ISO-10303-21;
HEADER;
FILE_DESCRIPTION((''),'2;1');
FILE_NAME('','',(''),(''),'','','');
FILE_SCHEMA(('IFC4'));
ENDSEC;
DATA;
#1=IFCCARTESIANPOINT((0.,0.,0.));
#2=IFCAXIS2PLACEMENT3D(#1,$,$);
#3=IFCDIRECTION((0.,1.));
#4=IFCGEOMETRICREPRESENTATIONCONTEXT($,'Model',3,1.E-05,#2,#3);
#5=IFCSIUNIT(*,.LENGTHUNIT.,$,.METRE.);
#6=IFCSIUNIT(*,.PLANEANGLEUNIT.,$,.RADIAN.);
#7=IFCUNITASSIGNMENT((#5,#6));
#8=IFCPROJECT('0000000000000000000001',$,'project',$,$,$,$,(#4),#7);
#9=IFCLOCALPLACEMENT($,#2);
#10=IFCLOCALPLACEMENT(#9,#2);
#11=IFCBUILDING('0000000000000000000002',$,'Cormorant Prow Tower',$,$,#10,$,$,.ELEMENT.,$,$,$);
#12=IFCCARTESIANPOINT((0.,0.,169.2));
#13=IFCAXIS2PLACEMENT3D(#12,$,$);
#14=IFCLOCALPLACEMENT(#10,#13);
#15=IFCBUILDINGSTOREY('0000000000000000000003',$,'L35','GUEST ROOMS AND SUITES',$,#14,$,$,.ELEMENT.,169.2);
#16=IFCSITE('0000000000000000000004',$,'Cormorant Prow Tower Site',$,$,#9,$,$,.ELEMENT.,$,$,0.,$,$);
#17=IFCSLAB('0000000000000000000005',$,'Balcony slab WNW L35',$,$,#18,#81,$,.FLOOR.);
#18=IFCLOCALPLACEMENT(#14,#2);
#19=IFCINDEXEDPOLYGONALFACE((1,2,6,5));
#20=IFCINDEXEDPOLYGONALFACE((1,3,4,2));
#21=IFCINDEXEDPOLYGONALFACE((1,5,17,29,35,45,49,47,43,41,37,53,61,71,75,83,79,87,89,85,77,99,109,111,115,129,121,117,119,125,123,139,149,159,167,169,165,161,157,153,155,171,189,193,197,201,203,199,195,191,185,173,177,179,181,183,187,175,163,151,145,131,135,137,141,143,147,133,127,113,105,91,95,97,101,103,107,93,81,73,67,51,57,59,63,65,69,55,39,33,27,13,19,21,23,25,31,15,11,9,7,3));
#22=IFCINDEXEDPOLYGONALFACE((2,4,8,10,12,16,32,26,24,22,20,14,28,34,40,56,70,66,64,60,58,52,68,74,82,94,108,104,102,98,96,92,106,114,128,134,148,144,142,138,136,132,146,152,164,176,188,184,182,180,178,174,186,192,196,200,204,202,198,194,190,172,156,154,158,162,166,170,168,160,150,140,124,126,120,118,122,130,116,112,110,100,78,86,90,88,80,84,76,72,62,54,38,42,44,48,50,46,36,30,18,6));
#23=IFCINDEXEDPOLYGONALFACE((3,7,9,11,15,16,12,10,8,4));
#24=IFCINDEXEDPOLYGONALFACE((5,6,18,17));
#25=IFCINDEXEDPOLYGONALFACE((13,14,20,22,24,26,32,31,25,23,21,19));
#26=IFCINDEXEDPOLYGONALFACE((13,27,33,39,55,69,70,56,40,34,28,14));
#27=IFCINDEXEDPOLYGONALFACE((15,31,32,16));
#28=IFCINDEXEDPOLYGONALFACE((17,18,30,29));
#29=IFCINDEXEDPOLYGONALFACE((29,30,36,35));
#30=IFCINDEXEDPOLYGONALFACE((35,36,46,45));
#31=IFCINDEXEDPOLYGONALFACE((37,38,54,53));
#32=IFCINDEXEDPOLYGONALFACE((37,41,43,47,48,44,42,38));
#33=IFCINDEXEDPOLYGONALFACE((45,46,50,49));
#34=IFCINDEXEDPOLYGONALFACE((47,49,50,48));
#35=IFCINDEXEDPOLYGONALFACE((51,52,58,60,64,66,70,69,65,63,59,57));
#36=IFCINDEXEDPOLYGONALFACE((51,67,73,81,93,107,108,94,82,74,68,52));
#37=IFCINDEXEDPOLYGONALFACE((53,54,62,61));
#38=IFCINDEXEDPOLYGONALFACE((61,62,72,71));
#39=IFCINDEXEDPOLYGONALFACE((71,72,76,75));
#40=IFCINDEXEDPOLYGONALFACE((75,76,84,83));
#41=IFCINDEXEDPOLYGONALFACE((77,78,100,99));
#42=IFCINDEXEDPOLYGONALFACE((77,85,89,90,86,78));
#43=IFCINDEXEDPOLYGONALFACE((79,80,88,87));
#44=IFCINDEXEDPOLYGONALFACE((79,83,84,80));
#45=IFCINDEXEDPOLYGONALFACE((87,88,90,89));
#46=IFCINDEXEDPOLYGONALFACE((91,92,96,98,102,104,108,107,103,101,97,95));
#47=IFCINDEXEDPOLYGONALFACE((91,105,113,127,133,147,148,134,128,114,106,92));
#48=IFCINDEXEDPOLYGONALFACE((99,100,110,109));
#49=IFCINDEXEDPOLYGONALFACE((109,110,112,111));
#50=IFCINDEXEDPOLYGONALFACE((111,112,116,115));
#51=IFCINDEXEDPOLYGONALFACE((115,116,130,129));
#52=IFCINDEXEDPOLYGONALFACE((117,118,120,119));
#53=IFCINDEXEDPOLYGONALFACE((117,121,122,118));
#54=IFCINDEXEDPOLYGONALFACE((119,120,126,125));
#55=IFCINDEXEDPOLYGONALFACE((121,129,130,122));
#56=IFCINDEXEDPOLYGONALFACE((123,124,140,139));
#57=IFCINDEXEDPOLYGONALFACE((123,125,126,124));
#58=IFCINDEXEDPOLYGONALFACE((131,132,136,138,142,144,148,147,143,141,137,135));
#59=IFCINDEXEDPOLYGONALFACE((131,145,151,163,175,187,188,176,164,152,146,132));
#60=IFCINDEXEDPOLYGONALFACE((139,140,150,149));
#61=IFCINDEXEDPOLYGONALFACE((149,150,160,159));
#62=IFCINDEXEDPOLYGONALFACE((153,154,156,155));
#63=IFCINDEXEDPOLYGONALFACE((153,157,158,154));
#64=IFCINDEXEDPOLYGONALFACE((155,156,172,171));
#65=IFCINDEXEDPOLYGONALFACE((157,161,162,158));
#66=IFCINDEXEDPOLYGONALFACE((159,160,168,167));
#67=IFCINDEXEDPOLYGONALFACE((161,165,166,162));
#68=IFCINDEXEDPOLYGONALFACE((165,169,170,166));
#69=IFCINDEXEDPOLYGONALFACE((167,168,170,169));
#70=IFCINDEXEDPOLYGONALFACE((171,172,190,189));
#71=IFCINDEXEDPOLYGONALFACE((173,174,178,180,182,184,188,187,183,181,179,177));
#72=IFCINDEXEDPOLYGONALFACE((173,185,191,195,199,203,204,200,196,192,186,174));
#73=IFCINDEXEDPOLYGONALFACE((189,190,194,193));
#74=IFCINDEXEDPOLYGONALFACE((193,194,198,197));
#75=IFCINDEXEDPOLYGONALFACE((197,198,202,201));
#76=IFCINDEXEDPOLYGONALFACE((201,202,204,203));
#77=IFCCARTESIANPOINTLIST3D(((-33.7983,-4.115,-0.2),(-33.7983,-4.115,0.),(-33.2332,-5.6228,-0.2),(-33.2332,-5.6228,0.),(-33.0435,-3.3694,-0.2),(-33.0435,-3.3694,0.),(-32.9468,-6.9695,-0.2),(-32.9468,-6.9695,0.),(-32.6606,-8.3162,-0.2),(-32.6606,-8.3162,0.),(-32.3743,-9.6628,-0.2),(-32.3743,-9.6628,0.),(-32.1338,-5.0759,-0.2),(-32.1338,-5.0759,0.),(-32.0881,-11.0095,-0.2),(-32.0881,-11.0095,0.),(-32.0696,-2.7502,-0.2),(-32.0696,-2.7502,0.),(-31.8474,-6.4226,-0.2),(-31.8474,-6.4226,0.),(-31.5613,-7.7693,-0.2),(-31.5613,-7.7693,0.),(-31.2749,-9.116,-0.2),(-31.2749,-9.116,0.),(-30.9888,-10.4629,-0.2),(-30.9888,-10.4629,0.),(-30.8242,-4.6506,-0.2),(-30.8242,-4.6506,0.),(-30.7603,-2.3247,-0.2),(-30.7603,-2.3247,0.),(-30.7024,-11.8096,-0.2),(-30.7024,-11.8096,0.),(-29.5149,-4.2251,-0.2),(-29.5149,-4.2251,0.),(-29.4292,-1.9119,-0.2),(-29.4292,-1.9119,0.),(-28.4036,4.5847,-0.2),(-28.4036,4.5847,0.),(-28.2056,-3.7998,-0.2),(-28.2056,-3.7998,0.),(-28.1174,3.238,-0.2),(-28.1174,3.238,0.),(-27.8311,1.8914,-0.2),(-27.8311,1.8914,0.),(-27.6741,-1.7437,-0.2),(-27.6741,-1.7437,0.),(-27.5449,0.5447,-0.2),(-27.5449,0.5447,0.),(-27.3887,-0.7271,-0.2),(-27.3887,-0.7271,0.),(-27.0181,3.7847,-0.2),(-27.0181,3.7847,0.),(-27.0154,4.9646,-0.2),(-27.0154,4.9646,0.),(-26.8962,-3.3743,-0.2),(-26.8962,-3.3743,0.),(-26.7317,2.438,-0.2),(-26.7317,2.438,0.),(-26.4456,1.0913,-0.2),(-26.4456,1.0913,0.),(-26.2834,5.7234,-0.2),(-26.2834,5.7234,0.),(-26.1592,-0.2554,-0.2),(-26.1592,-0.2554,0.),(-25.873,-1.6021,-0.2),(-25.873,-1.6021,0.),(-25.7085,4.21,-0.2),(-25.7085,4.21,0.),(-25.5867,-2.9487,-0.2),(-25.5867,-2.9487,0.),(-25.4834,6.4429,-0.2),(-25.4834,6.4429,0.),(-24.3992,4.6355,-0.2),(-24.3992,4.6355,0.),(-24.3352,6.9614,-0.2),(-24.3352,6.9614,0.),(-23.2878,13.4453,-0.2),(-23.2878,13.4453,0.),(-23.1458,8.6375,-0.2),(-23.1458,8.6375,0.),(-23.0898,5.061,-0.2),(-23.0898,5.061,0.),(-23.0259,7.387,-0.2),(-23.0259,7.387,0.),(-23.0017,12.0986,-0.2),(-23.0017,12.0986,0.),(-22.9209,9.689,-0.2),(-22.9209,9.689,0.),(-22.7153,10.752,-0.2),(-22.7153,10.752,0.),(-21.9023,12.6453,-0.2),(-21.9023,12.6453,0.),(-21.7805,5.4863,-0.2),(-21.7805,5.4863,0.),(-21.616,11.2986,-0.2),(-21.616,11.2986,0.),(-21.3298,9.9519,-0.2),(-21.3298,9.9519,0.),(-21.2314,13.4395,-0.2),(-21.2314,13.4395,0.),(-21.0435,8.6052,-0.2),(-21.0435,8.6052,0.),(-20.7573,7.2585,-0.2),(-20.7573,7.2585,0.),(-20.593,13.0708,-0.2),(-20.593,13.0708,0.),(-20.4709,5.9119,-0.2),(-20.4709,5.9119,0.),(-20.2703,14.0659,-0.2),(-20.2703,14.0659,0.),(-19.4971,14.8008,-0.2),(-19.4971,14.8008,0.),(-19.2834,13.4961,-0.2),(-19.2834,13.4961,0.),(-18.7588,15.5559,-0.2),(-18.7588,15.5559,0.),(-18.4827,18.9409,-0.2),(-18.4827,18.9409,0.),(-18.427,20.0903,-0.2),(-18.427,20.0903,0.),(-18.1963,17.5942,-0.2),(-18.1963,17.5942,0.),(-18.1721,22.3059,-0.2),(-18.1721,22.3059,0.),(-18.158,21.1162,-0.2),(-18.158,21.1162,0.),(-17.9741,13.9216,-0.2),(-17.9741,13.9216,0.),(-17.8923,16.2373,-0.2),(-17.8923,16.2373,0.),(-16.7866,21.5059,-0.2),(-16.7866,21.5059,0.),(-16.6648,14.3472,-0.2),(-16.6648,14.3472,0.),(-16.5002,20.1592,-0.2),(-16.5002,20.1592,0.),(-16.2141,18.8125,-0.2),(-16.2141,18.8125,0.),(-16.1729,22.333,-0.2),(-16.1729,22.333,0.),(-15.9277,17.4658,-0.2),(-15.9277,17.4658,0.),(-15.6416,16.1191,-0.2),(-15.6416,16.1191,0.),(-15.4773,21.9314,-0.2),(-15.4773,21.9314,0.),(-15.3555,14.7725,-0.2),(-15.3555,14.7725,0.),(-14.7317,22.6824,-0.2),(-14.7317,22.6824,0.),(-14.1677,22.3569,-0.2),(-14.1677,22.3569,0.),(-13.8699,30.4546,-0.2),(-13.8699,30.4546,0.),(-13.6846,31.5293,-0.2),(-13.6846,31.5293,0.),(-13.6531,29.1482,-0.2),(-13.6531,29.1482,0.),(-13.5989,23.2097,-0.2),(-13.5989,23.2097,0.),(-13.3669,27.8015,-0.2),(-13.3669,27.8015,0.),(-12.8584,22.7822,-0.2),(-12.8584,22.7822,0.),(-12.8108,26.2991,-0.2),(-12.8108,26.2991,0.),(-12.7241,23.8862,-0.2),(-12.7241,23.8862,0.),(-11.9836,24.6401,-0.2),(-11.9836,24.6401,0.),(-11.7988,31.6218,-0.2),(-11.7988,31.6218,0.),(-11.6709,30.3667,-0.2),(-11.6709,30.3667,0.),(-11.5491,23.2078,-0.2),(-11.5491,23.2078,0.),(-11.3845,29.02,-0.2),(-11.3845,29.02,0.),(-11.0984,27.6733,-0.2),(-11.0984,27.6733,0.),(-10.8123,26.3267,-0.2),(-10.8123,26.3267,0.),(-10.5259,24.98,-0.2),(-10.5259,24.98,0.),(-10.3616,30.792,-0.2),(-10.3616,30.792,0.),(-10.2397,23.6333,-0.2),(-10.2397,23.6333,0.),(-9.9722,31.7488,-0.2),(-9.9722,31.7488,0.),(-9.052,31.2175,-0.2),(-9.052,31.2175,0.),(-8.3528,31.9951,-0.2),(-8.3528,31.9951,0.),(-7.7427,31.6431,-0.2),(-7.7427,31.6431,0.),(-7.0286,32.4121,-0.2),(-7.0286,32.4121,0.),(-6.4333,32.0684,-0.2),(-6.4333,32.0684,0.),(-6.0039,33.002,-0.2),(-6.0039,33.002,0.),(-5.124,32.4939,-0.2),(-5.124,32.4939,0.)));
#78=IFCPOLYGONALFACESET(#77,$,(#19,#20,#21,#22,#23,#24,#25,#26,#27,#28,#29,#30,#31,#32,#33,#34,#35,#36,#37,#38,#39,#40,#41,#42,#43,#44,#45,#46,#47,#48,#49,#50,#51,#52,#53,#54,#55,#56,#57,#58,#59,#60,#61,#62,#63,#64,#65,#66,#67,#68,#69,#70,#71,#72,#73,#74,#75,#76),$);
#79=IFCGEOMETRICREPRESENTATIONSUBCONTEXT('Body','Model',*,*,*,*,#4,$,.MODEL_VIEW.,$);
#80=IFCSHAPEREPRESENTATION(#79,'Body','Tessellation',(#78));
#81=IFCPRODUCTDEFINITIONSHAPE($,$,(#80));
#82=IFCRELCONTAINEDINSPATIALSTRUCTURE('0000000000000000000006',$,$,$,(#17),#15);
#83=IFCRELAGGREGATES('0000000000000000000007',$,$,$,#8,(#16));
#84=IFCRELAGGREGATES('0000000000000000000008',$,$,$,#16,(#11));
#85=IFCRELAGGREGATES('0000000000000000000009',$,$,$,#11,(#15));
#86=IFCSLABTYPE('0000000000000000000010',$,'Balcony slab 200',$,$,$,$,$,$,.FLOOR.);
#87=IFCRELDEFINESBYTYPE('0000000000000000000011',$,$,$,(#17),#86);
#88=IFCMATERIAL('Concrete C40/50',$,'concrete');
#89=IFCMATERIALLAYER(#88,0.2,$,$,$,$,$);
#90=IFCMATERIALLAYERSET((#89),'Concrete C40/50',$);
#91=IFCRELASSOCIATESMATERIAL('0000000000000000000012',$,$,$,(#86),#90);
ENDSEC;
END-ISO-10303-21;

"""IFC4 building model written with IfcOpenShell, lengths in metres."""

from ifc_helpers import new_model, si_unit, direction, frame, origin, place, context, subcontext, project, spatial, polyline, outline, extrude, material, layer, layer_set, type_object, element, save


model = new_model("IFC4")

# Units and contexts
model_context = context("Model", 3, precision=1e-05, world=origin(), true_north=direction((0.0, 1.0)))
body_context = subcontext(model_context, "Body", "Model", "MODEL_VIEW")
ifc_project = project(units=[si_unit("LENGTHUNIT", "METRE"), si_unit("PLANEANGLEUNIT", "RADIAN")], contexts=[model_context])

# Site, building, storey
site_placement = place(None, origin())
site = spatial("IfcSite", under=ifc_project, at=site_placement, Name="Cormorant Prow Tower Site", CompositionType="ELEMENT", RefElevation=0.0)
building_placement = place(site_placement, origin())
building = spatial("IfcBuilding", under=site, at=building_placement, Name="Cormorant Prow Tower", CompositionType="ELEMENT")
storey_placement = place(building_placement, frame((0.0, 0.0, 169.2)))
storey = spatial("IfcBuildingStorey", under=building, at=storey_placement, Name="L35", Description="GUEST ROOMS AND SUITES", CompositionType="ELEMENT", Elevation=169.2)

# Slab
ifc_material_1 = material(Name="Concrete C40/50", Category="concrete")
ifc_layer_1 = layer(ifc_material_1, 0.2)
ifc_layer_set_1 = layer_set([ifc_layer_1], Name="Concrete C40/50")
slab_type_1 = type_object("IfcSlabType", Name="Balcony slab 200", PredefinedType="FLOOR", material=ifc_layer_set_1)
slab_1_placement = place(storey_placement, frame((0.0, 0.0, -0.2)))
element("IfcSlab", 1, at=slab_1_placement, inside=storey, type_object=slab_type_1, Name="Balcony slab WNW L35", PredefinedType="FLOOR", context=body_context, shape_type="SweptSolid", body=[
    extrude(outline(polyline([(-5.124, 32.4939), (-6.0039, 33.002), (-7.0286, 32.4121), (-8.3528, 31.9951), (-9.9722, 31.7488), (-11.7988, 31.6218), (-13.6846, 31.5293), (-13.8699, 30.4546), (-13.6531, 29.1482), (-13.3669, 27.8015), (-12.8108, 26.2991), (-11.9836, 24.6401), (-12.7241, 23.8862), (-13.5989, 23.2097), (-14.7317, 22.6824), (-16.1729, 22.333), (-18.1721, 22.3059), (-18.158, 21.1162), (-18.427, 20.0903), (-18.4827, 18.9409), (-18.1963, 17.5942), (-17.8923, 16.2373), (-18.7588, 15.5559), (-19.4971, 14.8008), (-20.2703, 14.0659), (-21.2314, 13.4395), (-23.2878, 13.4453), (-23.0017, 12.0986), (-22.7153, 10.752), (-22.9209, 9.689), (-23.1458, 8.6375), (-23.0259, 7.387), (-24.3352, 6.9614), (-25.4834, 6.4429), (-26.2834, 5.7234), (-27.0154, 4.9646), (-28.4036, 4.5847), (-28.1174, 3.238), (-27.8311, 1.8914), (-27.5449, 0.5447), (-27.3887, -0.7271), (-27.6741, -1.7437), (-29.4292, -1.9119), (-30.7603, -2.3247), (-32.0696, -2.7502), (-33.0435, -3.3694), (-33.7983, -4.115), (-33.2332, -5.6228), (-32.9468, -6.9695), (-32.6606, -8.3162), (-32.3743, -9.6628), (-32.0881, -11.0095), (-30.7024, -11.8096), (-30.9888, -10.4629), (-31.2749, -9.116), (-31.5613, -7.7693), (-31.8474, -6.4226), (-32.1338, -5.0759), (-30.8242, -4.6506), (-29.5149, -4.2251), (-28.2056, -3.7998), (-26.8962, -3.3743), (-25.5867, -2.9487), (-25.873, -1.6021), (-26.1592, -0.2554), (-26.4456, 1.0913), (-26.7317, 2.438), (-27.0181, 3.7847), (-25.7085, 4.21), (-24.3992, 4.6355), (-23.0898, 5.061), (-21.7805, 5.4863), (-20.4709, 5.9119), (-20.7573, 7.2585), (-21.0435, 8.6052), (-21.3298, 9.9519), (-21.616, 11.2986), (-21.9023, 12.6453), (-20.593, 13.0708), (-19.2834, 13.4961), (-17.9741, 13.9216), (-16.6648, 14.3472), (-15.3555, 14.7725), (-15.6416, 16.1191), (-15.9277, 17.4658), (-16.2141, 18.8125), (-16.5002, 20.1592), (-16.7866, 21.5059), (-15.4773, 21.9314), (-14.1677, 22.3569), (-12.8584, 22.7822), (-11.5491, 23.2078), (-10.2397, 23.6333), (-10.5259, 24.98), (-10.8123, 26.3267), (-11.0984, 27.6733), (-11.3845, 29.02), (-11.6709, 30.3667), (-10.3616, 30.792), (-9.052, 31.2175), (-7.7427, 31.6431), (-6.4333, 32.0684), (-5.124, 32.4939)])), origin(), (0.0, 0.0, 1.0), 0.2),
])

save(model, "model.ifc")
